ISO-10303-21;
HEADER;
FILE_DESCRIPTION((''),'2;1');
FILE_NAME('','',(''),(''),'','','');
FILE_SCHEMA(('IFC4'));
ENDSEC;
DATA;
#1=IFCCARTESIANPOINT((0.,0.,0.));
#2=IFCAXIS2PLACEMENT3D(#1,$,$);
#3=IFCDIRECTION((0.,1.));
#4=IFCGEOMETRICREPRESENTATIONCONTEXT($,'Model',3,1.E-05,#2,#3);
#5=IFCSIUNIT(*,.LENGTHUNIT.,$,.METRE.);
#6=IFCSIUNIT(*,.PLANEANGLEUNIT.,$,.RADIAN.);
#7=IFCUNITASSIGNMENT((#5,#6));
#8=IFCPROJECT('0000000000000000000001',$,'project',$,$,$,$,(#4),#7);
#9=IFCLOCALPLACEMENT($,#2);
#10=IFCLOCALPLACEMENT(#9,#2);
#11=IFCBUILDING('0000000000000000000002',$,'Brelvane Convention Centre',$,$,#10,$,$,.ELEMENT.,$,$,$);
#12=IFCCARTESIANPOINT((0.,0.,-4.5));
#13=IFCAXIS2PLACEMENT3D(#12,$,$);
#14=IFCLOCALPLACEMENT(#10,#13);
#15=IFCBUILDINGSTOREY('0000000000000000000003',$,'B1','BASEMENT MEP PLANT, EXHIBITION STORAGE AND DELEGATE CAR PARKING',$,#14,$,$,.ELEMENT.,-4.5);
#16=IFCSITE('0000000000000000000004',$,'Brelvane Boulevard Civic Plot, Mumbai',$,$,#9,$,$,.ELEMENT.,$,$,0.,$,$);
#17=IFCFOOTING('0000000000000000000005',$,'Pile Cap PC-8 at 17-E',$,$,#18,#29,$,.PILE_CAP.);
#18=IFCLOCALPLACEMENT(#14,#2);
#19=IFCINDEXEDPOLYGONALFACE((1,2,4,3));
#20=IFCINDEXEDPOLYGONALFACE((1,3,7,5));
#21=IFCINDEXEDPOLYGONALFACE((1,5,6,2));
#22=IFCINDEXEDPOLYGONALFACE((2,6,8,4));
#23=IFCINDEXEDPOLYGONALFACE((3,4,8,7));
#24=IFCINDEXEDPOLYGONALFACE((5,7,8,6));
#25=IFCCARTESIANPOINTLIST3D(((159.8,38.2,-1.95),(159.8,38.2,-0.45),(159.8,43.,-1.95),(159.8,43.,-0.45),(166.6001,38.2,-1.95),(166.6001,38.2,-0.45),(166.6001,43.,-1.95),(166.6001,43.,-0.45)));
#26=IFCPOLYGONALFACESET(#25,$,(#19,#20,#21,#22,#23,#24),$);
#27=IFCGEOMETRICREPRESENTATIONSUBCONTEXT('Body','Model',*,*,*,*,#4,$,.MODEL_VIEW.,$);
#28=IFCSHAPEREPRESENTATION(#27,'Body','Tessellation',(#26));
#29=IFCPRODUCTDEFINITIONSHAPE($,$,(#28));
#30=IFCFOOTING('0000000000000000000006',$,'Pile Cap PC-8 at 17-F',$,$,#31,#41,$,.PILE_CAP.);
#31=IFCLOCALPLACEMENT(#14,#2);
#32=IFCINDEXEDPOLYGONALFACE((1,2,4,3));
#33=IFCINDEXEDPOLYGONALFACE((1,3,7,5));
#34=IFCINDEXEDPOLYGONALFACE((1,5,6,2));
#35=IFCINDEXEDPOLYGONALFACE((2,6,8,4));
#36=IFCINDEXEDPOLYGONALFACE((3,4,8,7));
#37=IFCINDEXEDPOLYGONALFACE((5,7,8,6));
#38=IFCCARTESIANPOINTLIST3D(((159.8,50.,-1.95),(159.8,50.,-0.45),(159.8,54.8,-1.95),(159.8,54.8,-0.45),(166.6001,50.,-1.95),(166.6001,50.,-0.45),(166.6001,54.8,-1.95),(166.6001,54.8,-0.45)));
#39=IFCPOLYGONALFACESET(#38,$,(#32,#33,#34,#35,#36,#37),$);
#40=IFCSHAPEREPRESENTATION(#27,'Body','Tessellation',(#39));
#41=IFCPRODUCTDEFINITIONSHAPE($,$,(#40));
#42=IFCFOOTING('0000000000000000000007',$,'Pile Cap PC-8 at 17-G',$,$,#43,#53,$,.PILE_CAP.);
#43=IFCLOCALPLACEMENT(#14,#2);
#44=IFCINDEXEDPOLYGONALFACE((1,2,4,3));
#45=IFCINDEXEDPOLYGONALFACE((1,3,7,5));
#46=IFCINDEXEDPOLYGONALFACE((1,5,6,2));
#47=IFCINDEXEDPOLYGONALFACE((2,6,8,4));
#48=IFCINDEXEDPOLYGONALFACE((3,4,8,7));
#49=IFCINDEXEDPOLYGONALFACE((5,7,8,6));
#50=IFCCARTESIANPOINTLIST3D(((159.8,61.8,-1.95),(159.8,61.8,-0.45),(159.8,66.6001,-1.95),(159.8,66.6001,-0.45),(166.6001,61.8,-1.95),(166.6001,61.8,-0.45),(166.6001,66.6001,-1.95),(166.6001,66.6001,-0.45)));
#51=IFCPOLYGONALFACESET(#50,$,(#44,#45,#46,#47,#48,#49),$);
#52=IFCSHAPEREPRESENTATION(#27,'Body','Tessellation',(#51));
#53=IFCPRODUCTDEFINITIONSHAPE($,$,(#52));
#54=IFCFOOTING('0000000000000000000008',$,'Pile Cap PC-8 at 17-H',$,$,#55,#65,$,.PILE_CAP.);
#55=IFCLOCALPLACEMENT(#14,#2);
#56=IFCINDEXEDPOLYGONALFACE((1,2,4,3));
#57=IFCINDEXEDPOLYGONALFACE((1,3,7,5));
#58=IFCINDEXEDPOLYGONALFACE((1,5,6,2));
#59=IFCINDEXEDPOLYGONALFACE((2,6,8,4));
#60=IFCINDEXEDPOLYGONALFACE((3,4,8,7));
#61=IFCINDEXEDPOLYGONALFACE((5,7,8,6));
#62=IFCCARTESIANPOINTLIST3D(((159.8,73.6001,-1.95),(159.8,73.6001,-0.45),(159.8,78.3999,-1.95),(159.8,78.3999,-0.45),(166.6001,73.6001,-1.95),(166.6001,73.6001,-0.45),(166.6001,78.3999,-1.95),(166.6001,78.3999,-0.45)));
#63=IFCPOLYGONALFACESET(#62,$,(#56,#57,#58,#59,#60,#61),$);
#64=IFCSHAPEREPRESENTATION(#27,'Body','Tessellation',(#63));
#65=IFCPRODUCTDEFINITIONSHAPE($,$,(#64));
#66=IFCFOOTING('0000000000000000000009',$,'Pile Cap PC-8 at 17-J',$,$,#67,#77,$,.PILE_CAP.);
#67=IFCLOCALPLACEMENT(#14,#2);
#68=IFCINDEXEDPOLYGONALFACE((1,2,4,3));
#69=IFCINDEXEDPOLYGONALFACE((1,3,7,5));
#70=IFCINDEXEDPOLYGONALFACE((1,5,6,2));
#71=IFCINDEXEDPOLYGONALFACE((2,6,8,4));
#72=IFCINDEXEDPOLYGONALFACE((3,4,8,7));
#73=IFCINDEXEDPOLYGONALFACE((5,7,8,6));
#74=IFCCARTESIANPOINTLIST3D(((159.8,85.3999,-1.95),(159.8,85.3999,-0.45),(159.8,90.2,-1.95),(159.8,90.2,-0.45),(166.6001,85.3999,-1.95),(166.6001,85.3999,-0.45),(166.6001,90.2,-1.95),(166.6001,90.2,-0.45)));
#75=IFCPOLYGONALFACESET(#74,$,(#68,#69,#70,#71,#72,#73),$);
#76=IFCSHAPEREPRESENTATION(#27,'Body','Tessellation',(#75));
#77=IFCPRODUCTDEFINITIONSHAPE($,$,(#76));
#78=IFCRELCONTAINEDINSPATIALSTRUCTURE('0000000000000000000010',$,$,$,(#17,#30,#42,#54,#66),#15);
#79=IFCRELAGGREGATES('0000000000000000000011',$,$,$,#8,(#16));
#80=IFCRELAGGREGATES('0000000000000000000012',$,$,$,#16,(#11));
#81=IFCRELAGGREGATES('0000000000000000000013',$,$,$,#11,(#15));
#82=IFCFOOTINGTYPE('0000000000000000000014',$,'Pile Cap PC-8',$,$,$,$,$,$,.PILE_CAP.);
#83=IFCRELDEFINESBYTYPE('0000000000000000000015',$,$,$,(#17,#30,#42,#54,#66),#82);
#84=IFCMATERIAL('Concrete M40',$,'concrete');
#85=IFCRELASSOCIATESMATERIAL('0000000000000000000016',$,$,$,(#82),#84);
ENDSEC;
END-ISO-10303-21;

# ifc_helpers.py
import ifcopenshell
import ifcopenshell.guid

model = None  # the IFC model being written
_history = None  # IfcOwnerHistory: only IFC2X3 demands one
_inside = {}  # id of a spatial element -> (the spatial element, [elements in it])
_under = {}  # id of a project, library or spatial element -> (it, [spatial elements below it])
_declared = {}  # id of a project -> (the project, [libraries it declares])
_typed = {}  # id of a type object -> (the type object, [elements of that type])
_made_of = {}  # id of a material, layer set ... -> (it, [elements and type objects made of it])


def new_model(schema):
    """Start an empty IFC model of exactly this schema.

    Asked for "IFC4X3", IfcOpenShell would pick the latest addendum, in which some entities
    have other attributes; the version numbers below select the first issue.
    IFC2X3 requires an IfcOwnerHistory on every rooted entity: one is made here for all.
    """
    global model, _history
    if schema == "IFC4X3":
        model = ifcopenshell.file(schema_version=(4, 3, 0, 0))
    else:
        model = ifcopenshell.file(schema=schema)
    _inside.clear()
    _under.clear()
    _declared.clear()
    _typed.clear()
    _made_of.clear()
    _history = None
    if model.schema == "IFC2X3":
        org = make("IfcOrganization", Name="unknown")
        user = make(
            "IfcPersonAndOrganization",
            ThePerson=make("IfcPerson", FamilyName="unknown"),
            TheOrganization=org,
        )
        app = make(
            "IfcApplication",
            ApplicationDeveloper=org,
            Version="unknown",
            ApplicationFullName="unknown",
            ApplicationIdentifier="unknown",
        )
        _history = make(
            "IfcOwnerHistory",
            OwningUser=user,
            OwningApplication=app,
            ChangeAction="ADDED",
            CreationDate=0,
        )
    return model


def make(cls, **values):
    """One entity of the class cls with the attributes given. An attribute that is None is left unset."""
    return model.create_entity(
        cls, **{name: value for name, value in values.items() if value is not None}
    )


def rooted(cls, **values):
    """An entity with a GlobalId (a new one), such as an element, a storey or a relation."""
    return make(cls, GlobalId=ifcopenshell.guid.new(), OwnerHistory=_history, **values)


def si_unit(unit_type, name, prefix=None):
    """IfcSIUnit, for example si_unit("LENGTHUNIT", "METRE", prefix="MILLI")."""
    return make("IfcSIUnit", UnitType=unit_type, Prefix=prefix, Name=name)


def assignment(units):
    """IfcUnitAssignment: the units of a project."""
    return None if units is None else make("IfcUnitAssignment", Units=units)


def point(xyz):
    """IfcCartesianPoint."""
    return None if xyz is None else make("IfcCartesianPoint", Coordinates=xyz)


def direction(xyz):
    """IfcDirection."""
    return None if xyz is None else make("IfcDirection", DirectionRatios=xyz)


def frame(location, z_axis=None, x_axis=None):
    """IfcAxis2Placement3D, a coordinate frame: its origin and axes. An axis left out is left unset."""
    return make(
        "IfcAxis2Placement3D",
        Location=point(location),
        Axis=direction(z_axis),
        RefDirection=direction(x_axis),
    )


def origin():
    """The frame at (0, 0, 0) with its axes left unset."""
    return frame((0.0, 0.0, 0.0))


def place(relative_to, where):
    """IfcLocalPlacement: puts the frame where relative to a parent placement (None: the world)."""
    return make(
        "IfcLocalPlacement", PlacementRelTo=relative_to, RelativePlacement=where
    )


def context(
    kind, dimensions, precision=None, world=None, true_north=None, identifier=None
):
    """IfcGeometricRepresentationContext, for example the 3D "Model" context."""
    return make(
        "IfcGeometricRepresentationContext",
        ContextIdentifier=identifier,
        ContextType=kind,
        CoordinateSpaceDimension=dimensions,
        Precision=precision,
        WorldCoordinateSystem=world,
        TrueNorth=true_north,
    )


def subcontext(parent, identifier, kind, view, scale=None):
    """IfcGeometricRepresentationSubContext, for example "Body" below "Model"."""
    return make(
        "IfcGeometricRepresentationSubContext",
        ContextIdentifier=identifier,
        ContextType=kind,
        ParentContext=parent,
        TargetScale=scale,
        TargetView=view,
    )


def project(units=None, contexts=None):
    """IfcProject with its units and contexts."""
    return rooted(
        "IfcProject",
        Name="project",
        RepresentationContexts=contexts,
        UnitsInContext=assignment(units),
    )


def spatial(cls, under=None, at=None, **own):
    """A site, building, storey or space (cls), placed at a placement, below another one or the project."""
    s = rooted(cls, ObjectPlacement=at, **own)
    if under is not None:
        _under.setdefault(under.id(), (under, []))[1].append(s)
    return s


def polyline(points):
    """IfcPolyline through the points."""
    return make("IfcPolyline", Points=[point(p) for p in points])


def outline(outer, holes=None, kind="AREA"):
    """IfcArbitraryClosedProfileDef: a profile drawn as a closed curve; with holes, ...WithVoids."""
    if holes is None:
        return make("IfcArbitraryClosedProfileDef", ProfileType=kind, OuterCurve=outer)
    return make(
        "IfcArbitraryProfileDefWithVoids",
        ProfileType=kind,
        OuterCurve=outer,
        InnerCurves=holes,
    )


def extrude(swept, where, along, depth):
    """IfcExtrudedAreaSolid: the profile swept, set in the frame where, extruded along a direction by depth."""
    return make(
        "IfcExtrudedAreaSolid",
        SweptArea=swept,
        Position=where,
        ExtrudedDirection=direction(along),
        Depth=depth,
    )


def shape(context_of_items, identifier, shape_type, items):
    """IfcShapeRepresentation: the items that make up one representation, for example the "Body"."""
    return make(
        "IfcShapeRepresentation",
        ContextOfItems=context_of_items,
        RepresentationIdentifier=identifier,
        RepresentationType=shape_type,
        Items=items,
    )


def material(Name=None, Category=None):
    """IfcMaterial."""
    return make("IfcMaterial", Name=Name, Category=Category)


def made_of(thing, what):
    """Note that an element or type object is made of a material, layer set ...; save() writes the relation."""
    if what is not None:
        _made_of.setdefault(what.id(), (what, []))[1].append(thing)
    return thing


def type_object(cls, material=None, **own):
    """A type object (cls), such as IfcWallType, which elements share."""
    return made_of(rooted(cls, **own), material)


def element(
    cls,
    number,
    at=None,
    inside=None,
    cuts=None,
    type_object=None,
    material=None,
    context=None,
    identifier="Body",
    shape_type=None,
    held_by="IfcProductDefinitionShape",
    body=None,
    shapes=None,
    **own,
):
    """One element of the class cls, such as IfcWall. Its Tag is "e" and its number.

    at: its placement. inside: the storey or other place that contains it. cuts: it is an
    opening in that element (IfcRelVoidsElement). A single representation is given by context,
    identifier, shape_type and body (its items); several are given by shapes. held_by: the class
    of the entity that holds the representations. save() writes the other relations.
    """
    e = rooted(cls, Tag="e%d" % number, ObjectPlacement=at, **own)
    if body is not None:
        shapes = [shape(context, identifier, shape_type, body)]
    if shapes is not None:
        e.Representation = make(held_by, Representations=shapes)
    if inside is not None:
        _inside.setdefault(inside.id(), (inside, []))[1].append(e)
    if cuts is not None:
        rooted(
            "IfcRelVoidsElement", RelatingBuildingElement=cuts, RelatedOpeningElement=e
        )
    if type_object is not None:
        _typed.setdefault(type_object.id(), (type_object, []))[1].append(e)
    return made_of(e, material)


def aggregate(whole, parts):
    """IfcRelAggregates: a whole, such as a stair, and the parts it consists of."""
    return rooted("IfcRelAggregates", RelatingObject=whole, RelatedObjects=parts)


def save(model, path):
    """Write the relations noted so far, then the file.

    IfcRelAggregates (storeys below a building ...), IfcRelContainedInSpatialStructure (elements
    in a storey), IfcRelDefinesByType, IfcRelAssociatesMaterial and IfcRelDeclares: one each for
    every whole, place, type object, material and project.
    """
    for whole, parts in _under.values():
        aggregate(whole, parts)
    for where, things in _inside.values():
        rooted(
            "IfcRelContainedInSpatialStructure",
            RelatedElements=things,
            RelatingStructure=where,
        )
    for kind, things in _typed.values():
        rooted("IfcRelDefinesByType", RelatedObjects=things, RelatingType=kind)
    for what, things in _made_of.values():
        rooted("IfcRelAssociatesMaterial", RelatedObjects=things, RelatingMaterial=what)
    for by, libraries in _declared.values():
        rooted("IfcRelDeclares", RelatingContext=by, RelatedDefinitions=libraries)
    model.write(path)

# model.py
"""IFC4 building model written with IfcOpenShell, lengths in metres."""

from ifc_helpers import new_model, si_unit, direction, frame, origin, place, context, subcontext, project, spatial, polyline, outline, extrude, material, type_object, element, save


model = new_model("IFC4")

# Units and contexts
model_context = context("Model", 3, precision=1e-05, world=origin(), true_north=direction((0.0, 1.0)))
body_context = subcontext(model_context, "Body", "Model", "MODEL_VIEW")
ifc_project = project(units=[si_unit("LENGTHUNIT", "METRE"), si_unit("PLANEANGLEUNIT", "RADIAN")], contexts=[model_context])

# Site, building, storey
site_placement = place(None, origin())
site = spatial("IfcSite", under=ifc_project, at=site_placement, Name="Brelvane Boulevard Civic Plot, Mumbai", CompositionType="ELEMENT", RefElevation=0.0)
building_placement = place(site_placement, origin())
building = spatial("IfcBuilding", under=site, at=building_placement, Name="Brelvane Convention Centre", CompositionType="ELEMENT")
storey_placement = place(building_placement, frame((0.0, 0.0, -4.5)))
storey = spatial("IfcBuildingStorey", under=building, at=storey_placement, Name="B1", Description="BASEMENT MEP PLANT, EXHIBITION STORAGE AND DELEGATE CAR PARKING", CompositionType="ELEMENT", Elevation=-4.5)

# Footings
ifc_material_1 = material(Name="Concrete M40", Category="concrete")
footing_type_1 = type_object("IfcFootingType", Name="Pile Cap PC-8", PredefinedType="PILE_CAP", material=ifc_material_1)
footing_1_placement = place(storey_placement, frame((0.0, 0.0, -1.95)))
element("IfcFooting", 1, at=footing_1_placement, inside=storey, type_object=footing_type_1, Name="Pile Cap PC-8 at 17-E", PredefinedType="PILE_CAP", context=body_context, shape_type="SweptSolid", body=[
    extrude(outline(polyline([(159.8, 38.2), (166.6001, 38.2), (166.6001, 43.0), (159.8, 43.0), (159.8, 38.2)])), origin(), (0.0, 0.0, 1.0), 1.5),
])
footing_2_placement = place(storey_placement, frame((0.0, 0.0, -1.95)))
element("IfcFooting", 2, at=footing_2_placement, inside=storey, type_object=footing_type_1, Name="Pile Cap PC-8 at 17-F", PredefinedType="PILE_CAP", context=body_context, shape_type="SweptSolid", body=[
    extrude(outline(polyline([(159.8, 50.0), (166.6001, 50.0), (166.6001, 54.8), (159.8, 54.8), (159.8, 50.0)])), origin(), (0.0, 0.0, 1.0), 1.5),
])
footing_3_placement = place(storey_placement, frame((0.0, 0.0, -1.95)))
element("IfcFooting", 3, at=footing_3_placement, inside=storey, type_object=footing_type_1, Name="Pile Cap PC-8 at 17-G", PredefinedType="PILE_CAP", context=body_context, shape_type="SweptSolid", body=[
    extrude(outline(polyline([(159.8, 61.8), (166.6001, 61.8), (166.6001, 66.6001), (159.8, 66.6001), (159.8, 61.8)])), origin(), (0.0, 0.0, 1.0), 1.5),
])
footing_4_placement = place(storey_placement, frame((0.0, 0.0, -1.95)))
element("IfcFooting", 4, at=footing_4_placement, inside=storey, type_object=footing_type_1, Name="Pile Cap PC-8 at 17-H", PredefinedType="PILE_CAP", context=body_context, shape_type="SweptSolid", body=[
    extrude(outline(polyline([(159.8, 73.6001), (166.6001, 73.6001), (166.6001, 78.3999), (159.8, 78.3999), (159.8, 73.6001)])), origin(), (0.0, 0.0, 1.0), 1.5),
])
footing_5_placement = place(storey_placement, frame((0.0, 0.0, -1.95)))
element("IfcFooting", 5, at=footing_5_placement, inside=storey, type_object=footing_type_1, Name="Pile Cap PC-8 at 17-J", PredefinedType="PILE_CAP", context=body_context, shape_type="SweptSolid", body=[
    extrude(outline(polyline([(159.8, 85.3999), (166.6001, 85.3999), (166.6001, 90.2), (159.8, 90.2), (159.8, 85.3999)])), origin(), (0.0, 0.0, 1.0), 1.5),
])

save(model, "model.ifc")
